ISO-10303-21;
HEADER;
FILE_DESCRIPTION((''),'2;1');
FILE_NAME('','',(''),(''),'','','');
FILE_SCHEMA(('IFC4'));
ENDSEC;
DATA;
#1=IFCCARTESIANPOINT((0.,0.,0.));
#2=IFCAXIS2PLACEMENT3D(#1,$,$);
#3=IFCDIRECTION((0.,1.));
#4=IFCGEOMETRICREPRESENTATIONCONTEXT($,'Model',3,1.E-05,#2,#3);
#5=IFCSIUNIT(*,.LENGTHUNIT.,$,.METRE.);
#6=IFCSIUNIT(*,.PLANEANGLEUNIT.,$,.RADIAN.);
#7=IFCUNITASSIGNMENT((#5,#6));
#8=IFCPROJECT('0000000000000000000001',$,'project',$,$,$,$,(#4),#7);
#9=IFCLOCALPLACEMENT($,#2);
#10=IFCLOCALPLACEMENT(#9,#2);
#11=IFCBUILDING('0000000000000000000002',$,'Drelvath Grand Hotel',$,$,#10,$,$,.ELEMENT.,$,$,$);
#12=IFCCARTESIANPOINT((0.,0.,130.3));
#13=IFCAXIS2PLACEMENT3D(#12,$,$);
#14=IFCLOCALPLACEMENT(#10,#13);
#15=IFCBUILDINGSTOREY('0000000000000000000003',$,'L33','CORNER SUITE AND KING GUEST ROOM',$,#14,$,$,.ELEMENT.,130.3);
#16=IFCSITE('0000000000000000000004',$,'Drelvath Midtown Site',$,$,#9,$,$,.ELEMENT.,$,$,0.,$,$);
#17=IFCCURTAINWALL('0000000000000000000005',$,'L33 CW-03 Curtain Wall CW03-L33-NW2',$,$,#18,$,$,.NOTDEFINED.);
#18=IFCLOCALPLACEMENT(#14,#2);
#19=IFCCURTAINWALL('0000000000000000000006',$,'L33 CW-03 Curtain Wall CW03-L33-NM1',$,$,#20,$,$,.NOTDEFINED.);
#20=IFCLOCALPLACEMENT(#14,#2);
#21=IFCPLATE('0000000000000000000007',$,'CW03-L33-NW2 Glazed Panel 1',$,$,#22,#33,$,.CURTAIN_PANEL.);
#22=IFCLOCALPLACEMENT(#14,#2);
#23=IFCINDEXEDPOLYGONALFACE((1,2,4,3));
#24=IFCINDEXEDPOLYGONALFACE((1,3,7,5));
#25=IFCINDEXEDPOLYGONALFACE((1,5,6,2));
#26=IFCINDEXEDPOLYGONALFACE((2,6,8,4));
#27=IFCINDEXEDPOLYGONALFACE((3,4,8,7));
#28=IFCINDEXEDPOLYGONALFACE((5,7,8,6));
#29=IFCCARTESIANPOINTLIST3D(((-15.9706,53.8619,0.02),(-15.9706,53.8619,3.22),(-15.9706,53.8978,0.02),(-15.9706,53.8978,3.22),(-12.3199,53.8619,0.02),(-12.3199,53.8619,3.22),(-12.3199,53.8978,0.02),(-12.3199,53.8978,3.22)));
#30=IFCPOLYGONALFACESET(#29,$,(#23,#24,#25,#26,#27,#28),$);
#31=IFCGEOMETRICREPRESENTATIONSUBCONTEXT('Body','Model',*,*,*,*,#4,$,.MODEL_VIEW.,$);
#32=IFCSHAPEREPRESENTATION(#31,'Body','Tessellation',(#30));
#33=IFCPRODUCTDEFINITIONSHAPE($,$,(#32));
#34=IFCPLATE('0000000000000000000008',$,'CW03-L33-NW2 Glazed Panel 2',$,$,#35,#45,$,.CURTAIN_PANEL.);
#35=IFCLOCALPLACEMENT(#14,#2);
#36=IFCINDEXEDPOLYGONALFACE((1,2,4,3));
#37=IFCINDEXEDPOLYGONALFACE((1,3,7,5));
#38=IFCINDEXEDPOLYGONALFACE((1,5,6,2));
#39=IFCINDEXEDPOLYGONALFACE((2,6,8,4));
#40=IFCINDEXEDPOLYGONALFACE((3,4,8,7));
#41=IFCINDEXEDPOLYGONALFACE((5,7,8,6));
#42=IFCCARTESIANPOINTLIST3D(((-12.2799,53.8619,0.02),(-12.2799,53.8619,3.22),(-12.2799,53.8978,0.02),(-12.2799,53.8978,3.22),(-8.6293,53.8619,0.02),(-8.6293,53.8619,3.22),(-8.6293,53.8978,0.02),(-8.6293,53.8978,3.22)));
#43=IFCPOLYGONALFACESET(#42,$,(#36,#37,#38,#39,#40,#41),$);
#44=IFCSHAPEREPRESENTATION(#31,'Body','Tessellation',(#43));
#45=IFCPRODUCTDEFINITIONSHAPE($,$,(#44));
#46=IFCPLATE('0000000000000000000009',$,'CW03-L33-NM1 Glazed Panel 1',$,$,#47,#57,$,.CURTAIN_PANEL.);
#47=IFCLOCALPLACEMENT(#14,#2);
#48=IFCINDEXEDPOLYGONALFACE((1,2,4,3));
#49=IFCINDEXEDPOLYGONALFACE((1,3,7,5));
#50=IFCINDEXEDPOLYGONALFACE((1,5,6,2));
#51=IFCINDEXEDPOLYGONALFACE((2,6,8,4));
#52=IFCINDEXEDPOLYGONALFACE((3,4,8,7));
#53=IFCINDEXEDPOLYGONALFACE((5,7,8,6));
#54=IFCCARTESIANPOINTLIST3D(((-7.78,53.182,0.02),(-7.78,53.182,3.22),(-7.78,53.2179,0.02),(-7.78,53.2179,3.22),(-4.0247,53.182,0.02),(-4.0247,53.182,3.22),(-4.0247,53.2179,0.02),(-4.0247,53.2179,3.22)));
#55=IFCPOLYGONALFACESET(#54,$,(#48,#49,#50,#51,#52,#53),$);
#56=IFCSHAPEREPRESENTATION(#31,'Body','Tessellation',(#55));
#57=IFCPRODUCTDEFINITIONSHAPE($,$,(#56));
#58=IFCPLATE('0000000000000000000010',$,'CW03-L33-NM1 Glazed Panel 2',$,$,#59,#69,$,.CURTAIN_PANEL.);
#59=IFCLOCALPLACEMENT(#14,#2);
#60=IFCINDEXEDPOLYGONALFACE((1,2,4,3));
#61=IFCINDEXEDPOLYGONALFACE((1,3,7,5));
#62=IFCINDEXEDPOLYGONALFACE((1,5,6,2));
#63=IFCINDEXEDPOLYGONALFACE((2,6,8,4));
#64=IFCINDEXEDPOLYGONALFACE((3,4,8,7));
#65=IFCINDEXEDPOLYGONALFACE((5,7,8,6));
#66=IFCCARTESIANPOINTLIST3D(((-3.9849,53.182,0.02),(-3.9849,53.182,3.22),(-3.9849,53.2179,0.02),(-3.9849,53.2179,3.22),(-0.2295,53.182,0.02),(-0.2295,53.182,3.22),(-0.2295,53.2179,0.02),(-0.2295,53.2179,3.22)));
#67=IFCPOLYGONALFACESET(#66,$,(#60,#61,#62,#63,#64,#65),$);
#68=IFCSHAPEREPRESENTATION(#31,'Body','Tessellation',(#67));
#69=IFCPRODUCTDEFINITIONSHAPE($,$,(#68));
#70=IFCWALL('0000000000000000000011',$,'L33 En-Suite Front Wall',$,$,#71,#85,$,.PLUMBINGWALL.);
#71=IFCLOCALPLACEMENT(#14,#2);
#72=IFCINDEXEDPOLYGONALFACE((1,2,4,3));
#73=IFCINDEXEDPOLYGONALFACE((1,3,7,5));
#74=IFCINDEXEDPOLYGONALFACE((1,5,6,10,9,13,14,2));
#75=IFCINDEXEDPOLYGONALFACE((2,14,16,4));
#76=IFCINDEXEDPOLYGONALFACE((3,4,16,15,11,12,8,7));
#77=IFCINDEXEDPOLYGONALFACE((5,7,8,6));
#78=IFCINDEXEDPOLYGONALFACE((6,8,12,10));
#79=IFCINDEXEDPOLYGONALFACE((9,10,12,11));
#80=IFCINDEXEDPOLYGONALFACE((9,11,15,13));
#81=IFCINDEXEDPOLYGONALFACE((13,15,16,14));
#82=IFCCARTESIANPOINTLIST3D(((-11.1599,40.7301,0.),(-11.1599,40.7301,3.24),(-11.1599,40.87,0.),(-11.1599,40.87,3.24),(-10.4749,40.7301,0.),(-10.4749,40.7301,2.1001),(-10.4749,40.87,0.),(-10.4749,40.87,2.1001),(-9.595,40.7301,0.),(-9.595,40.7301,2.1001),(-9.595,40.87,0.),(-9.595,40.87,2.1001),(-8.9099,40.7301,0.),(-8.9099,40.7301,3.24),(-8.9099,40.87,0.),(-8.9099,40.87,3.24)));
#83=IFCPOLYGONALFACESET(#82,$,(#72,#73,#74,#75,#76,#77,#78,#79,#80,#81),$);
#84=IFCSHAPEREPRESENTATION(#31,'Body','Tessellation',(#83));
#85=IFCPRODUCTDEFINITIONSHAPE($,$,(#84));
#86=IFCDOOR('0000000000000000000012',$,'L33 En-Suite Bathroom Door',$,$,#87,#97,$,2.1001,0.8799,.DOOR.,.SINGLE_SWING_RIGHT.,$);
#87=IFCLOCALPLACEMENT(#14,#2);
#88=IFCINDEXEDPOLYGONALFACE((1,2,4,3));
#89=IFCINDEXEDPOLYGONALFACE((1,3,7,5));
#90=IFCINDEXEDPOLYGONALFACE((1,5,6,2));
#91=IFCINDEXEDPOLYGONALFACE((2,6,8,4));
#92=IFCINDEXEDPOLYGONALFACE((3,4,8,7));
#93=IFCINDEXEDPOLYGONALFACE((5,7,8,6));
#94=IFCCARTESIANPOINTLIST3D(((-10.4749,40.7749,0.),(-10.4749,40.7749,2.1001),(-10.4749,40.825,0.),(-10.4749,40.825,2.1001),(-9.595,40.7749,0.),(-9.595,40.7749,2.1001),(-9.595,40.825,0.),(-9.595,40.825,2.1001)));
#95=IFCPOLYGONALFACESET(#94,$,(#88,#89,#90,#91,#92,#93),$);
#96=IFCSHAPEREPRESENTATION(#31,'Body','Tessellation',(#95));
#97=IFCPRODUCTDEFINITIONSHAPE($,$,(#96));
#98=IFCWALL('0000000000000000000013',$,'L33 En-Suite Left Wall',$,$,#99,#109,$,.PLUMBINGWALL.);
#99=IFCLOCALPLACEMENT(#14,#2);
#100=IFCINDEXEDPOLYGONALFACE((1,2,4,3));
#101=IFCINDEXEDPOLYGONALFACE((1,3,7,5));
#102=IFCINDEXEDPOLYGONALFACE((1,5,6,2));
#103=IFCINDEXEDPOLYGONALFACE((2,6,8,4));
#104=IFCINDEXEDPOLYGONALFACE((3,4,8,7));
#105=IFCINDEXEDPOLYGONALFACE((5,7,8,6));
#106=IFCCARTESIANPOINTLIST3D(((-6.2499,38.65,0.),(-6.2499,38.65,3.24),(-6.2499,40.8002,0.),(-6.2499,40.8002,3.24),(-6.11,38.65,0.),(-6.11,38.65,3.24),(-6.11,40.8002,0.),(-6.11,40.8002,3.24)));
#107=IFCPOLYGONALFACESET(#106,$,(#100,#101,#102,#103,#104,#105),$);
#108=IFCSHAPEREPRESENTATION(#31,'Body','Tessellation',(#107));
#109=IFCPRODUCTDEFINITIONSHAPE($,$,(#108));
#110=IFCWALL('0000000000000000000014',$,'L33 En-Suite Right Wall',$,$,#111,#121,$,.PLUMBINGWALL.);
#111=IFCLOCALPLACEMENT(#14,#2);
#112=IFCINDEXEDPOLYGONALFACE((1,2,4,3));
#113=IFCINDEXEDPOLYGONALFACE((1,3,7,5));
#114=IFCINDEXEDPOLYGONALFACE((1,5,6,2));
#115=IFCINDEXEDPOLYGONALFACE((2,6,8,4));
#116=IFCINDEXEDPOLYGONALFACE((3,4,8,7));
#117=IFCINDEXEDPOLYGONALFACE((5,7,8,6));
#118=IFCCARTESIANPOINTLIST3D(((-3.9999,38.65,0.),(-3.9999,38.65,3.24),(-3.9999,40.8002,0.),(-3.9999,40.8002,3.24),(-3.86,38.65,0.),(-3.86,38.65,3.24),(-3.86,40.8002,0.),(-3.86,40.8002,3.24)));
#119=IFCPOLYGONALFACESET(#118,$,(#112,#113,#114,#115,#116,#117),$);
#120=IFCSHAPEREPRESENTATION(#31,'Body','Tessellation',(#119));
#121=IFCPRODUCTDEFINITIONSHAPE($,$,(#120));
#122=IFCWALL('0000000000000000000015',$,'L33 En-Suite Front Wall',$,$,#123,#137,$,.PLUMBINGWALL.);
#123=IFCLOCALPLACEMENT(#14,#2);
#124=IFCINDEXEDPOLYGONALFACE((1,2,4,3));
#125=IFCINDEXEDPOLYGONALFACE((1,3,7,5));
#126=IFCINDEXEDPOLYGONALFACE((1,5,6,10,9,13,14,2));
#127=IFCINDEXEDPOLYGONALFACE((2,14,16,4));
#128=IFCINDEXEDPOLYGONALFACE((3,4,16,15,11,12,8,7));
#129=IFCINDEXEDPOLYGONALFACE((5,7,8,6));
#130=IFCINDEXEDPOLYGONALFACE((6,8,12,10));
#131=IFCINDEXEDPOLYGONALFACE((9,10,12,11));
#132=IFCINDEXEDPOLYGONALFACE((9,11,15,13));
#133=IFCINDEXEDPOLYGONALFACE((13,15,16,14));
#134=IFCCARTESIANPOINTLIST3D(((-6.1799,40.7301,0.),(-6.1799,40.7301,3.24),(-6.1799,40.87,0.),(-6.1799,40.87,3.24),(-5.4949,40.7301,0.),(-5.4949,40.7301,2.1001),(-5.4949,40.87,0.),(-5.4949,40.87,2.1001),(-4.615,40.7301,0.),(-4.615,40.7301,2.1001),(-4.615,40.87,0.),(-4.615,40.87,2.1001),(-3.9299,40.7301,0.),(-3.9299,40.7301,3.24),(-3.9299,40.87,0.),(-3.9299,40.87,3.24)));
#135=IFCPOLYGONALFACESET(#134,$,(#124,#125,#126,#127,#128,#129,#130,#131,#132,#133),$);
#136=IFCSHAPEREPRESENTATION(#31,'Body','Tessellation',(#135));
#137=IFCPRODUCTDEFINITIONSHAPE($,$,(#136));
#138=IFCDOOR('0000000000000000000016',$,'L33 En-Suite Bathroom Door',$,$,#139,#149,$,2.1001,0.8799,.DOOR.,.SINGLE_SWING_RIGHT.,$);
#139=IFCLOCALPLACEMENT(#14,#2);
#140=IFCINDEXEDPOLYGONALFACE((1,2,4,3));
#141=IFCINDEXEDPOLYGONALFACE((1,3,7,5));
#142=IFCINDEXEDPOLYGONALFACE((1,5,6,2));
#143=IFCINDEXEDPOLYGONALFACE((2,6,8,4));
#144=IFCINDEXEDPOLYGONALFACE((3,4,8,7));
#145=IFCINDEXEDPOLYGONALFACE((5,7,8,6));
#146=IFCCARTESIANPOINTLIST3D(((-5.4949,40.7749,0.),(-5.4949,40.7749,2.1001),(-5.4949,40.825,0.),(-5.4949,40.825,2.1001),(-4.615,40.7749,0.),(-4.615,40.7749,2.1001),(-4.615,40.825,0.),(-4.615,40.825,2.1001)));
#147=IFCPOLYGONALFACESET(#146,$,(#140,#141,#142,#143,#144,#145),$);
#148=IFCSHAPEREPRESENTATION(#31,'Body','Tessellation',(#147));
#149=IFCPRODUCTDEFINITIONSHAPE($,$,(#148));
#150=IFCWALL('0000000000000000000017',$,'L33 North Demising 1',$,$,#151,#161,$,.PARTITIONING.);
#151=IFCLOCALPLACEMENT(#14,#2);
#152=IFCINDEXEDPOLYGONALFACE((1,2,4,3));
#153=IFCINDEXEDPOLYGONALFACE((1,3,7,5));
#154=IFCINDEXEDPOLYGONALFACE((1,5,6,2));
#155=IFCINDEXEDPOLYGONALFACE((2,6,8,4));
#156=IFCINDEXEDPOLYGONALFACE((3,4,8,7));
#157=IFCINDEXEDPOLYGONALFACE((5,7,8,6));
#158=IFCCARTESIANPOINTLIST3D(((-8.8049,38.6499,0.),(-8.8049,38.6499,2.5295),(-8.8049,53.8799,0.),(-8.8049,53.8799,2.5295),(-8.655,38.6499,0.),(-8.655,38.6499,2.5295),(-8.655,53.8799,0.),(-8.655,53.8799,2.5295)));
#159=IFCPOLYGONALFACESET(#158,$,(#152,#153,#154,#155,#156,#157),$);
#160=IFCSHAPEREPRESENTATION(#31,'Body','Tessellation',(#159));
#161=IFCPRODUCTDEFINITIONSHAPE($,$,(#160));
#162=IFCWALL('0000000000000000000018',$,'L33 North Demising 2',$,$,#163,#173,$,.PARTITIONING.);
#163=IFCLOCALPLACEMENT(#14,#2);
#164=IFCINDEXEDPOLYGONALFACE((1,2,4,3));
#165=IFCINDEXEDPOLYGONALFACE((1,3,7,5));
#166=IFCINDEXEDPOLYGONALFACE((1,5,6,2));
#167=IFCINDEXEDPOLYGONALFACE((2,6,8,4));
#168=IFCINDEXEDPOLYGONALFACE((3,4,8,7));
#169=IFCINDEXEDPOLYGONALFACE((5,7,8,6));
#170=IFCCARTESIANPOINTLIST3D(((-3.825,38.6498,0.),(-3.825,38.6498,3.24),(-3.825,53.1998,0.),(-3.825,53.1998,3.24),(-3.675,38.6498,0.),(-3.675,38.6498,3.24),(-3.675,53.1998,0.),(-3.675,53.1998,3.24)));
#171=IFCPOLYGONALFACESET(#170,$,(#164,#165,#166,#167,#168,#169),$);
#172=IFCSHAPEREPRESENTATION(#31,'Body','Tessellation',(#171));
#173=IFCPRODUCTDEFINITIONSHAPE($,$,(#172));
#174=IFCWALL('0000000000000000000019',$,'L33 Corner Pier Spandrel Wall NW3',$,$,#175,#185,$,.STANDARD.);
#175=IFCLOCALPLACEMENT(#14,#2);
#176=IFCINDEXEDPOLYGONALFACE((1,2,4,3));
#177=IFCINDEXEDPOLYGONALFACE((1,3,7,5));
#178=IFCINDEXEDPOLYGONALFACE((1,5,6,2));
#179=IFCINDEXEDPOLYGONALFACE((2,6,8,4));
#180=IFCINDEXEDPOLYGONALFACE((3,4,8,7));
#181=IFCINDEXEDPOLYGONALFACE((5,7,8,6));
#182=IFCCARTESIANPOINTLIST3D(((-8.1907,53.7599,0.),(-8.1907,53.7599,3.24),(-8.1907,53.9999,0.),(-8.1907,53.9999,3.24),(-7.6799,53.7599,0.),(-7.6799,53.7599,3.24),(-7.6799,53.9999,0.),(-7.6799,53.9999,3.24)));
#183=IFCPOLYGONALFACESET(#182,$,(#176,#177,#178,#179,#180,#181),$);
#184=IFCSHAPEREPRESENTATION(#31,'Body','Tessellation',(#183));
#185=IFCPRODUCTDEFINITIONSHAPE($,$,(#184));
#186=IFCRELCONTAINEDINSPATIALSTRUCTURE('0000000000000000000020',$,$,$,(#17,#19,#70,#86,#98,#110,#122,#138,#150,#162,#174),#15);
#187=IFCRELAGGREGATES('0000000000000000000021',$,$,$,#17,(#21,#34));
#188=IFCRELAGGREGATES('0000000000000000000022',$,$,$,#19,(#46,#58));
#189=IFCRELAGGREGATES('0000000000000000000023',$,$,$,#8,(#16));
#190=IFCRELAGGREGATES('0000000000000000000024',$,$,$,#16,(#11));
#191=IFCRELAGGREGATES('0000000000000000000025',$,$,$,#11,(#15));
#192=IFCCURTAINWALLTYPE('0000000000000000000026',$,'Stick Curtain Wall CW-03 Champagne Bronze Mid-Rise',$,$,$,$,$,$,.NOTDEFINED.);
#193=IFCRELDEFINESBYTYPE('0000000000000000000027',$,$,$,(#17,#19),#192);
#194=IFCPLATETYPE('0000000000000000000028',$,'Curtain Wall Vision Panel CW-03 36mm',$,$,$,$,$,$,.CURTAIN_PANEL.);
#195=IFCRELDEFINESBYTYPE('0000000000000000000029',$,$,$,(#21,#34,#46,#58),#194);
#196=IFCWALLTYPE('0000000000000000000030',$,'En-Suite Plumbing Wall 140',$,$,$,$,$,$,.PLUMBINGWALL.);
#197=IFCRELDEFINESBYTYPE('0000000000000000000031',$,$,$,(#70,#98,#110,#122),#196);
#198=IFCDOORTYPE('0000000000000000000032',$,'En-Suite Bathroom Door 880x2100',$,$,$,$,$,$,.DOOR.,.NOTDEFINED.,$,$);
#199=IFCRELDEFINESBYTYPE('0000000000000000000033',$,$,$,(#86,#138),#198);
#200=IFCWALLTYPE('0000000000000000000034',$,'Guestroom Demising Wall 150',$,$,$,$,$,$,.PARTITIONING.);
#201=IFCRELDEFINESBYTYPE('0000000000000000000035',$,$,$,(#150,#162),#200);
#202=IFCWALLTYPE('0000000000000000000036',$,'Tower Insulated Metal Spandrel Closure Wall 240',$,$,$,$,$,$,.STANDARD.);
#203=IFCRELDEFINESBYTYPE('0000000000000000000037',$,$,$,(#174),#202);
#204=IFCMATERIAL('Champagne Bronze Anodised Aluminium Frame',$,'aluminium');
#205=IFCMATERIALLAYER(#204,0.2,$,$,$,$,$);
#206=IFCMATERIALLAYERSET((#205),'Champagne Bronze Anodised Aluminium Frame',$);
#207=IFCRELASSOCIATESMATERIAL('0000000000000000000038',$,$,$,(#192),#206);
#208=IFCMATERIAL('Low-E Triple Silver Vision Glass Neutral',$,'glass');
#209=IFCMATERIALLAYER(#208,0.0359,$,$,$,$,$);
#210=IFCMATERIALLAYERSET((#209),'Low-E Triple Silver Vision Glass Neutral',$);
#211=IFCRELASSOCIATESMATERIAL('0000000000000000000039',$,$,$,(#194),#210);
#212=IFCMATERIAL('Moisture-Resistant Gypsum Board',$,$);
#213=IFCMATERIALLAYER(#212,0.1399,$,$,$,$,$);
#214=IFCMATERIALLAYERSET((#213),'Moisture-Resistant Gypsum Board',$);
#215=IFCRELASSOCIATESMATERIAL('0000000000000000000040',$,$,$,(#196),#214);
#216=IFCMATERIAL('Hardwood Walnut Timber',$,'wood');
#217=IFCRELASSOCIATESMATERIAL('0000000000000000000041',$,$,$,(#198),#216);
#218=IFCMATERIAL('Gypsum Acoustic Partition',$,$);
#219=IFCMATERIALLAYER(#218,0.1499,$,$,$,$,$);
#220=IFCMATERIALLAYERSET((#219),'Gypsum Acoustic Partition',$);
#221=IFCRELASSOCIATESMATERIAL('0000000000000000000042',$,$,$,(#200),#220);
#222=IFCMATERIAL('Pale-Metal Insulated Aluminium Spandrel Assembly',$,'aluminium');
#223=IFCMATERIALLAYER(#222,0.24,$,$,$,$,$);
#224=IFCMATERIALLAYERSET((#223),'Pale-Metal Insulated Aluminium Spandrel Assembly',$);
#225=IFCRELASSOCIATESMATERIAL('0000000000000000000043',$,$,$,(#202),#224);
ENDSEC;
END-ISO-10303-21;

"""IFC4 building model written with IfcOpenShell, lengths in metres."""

from ifc_helpers import new_model, si_unit, direction, frame, frame_2d, origin, origin_2d, place, context, subcontext, project, spatial, rectangle, extrude, material, layer, layer_set, type_object, element, fill, aggregate, save


model = new_model("IFC4")

# Units and contexts
model_context = context("Model", 3, precision=1e-05, world=origin(), true_north=direction((0.0, 1.0)))
body_context = subcontext(model_context, "Body", "Model", "MODEL_VIEW")
ifc_project = project(units=[si_unit("LENGTHUNIT", "METRE"), si_unit("PLANEANGLEUNIT", "RADIAN")], contexts=[model_context])

# Site, building, storey
site_placement = place(None, origin())
site = spatial("IfcSite", under=ifc_project, at=site_placement, Name="Drelvath Midtown Site", CompositionType="ELEMENT", RefElevation=0.0)
building_placement = place(site_placement, origin())
building = spatial("IfcBuilding", under=site, at=building_placement, Name="Drelvath Grand Hotel", CompositionType="ELEMENT")
storey_placement = place(building_placement, frame((0.0, 0.0, 130.3)))
storey = spatial("IfcBuildingStorey", under=building, at=storey_placement, Name="L33", Description="CORNER SUITE AND KING GUEST ROOM", CompositionType="ELEMENT", Elevation=130.3)

# Curtain walls
ifc_material_1 = material(Name="Champagne Bronze Anodised Aluminium Frame", Category="aluminium")
ifc_layer_1 = layer(ifc_material_1, 0.2)
ifc_layer_set_1 = layer_set([ifc_layer_1], Name="Champagne Bronze Anodised Aluminium Frame")
curtain_wall_type = type_object("IfcCurtainWallType", Name="Stick Curtain Wall CW-03 Champagne Bronze Mid-Rise", PredefinedType="NOTDEFINED", material=ifc_layer_set_1)
curtain_wall_1_placement = place(storey_placement, origin())
curtain_wall_1 = element("IfcCurtainWall", 1, at=curtain_wall_1_placement, inside=storey, type_object=curtain_wall_type, Name="L33 CW-03 Curtain Wall CW03-L33-NW2", PredefinedType="NOTDEFINED")
curtain_wall_2_placement = place(storey_placement, origin())
curtain_wall_2 = element("IfcCurtainWall", 2, at=curtain_wall_2_placement, inside=storey, type_object=curtain_wall_type, Name="L33 CW-03 Curtain Wall CW03-L33-NM1", PredefinedType="NOTDEFINED")

# Plates
ifc_material_2 = material(Name="Low-E Triple Silver Vision Glass Neutral", Category="glass")
ifc_layer_2 = layer(ifc_material_2, 0.0359)
ifc_layer_set_2 = layer_set([ifc_layer_2], Name="Low-E Triple Silver Vision Glass Neutral")
plate_type = type_object("IfcPlateType", Name="Curtain Wall Vision Panel CW-03 36mm", PredefinedType="CURTAIN_PANEL", material=ifc_layer_set_2)
plate_1_placement = place(storey_placement, frame((-14.1453, 53.8799, 0.02), z_axis=(0.0, 0.0, 1.0), x_axis=(1.0, 0.0, 0.0)))
plate_1 = element("IfcPlate", 3, at=plate_1_placement, type_object=plate_type, Name="CW03-L33-NW2 Glazed Panel 1", PredefinedType="CURTAIN_PANEL", context=body_context, shape_type="SweptSolid", body=[
    extrude(rectangle(XDim=3.6506, YDim=0.0359, at=origin_2d()), origin(), (0.0, 0.0, 1.0), 3.2),
])
plate_2_placement = place(storey_placement, frame((-10.4546, 53.8799, 0.02), z_axis=(0.0, 0.0, 1.0), x_axis=(1.0, 0.0, 0.0)))
plate_2 = element("IfcPlate", 4, at=plate_2_placement, type_object=plate_type, Name="CW03-L33-NW2 Glazed Panel 2", PredefinedType="CURTAIN_PANEL", context=body_context, shape_type="SweptSolid", body=[
    extrude(rectangle(XDim=3.6506, YDim=0.0359, at=origin_2d()), origin(), (0.0, 0.0, 1.0), 3.2),
])
aggregate(curtain_wall_1, [plate_1, plate_2])
plate_3_placement = place(storey_placement, frame((-5.9023, 53.2, 0.02), z_axis=(0.0, 0.0, 1.0), x_axis=(1.0, 0.0, 0.0)))
plate_3 = element("IfcPlate", 5, at=plate_3_placement, type_object=plate_type, Name="CW03-L33-NM1 Glazed Panel 1", PredefinedType="CURTAIN_PANEL", context=body_context, shape_type="SweptSolid", body=[
    extrude(rectangle(XDim=3.7554, YDim=0.0359, at=origin_2d()), origin(), (0.0, 0.0, 1.0), 3.2),
])
plate_4_placement = place(storey_placement, frame((-2.1072, 53.2, 0.02), z_axis=(0.0, 0.0, 1.0), x_axis=(1.0, 0.0, 0.0)))
plate_4 = element("IfcPlate", 6, at=plate_4_placement, type_object=plate_type, Name="CW03-L33-NM1 Glazed Panel 2", PredefinedType="CURTAIN_PANEL", context=body_context, shape_type="SweptSolid", body=[
    extrude(rectangle(XDim=3.7554, YDim=0.0359, at=origin_2d()), origin(), (0.0, 0.0, 1.0), 3.2),
])
aggregate(curtain_wall_2, [plate_3, plate_4])

# Wall, opening, door
ifc_material_3 = material(Name="Moisture-Resistant Gypsum Board")
ifc_layer_3 = layer(ifc_material_3, 0.1399)
ifc_layer_set_3 = layer_set([ifc_layer_3], Name="Moisture-Resistant Gypsum Board")
wall_type_1 = type_object("IfcWallType", Name="En-Suite Plumbing Wall 140", PredefinedType="PLUMBINGWALL", material=ifc_layer_set_3)
wall_1_placement = place(storey_placement, frame((-11.1599, 40.8, 0.0), z_axis=(0.0, 0.0, 1.0), x_axis=(1.0, 0.0, 0.0)))
wall_1 = element("IfcWall", 7, at=wall_1_placement, inside=storey, type_object=wall_type_1, Name="L33 En-Suite Front Wall", PredefinedType="PLUMBINGWALL", context=body_context, shape_type="SweptSolid", body=[
    extrude(rectangle(XDim=2.25, YDim=0.1399, at=frame_2d((1.125, 0.0))), origin(), (0.0, 0.0, 1.0), 3.24),
])
opening_1_placement = place(wall_1_placement, frame((0.6851, 0.0, 0.0)))
opening_1 = element("IfcOpeningElement", 8, at=opening_1_placement, cuts=wall_1, PredefinedType="OPENING", context=body_context, shape_type="SweptSolid", body=[
    extrude(rectangle(XDim=0.8799, YDim=2.1001, at=frame_2d((0.4399, 1.05))), frame((0.0, 0.0798, 0.0), z_axis=(0.0, -1.0, 0.0), x_axis=(1.0, 0.0, 0.0)), (0.0, 0.0, 1.0), 0.1599),
])
ifc_material_4 = material(Name="Hardwood Walnut Timber", Category="wood")
door_type = type_object("IfcDoorType", Name="En-Suite Bathroom Door 880x2100", OperationType="NOTDEFINED", PredefinedType="DOOR", material=ifc_material_4)
door_1_placement = place(opening_1_placement, origin())
door_1 = element("IfcDoor", 9, at=door_1_placement, inside=storey, type_object=door_type, Name="L33 En-Suite Bathroom Door", OperationType="SINGLE_SWING_RIGHT", OverallHeight=2.1001, OverallWidth=0.8799, PredefinedType="DOOR", context=body_context, shape_type="SweptSolid", body=[
    extrude(rectangle(XDim=0.8799, YDim=2.1001, at=frame_2d((0.4399, 1.05))), frame((0.0, 0.0249, 0.0), z_axis=(0.0, -1.0, 0.0), x_axis=(1.0, 0.0, 0.0)), (0.0, 0.0, 1.0), 0.05),
])
fill(opening_1, door_1)

# Walls
for number, where, z_axis, x_axis, name in (
    (10, (-6.1799, 38.6499, 0.0), (0.0, 0.0, 1.0), (0.0, 1.0, 0.0), "L33 En-Suite Left Wall"),
    (11, (-3.9299, 38.6499, 0.0), (0.0, 0.0, 1.0), (0.0, 1.0, 0.0), "L33 En-Suite Right Wall"),
):
    element("IfcWall", number, at=place(storey_placement, frame(where, z_axis=z_axis, x_axis=x_axis)), inside=storey, type_object=wall_type_1, Name=name, PredefinedType="PLUMBINGWALL", context=body_context, shape_type="SweptSolid", body=[
        extrude(rectangle(XDim=2.1501, YDim=0.1399, at=frame_2d((1.0752, 0.0))), origin(), (0.0, 0.0, 1.0), 3.24),
    ])

# Wall, opening, door
wall_2_placement = place(storey_placement, frame((-6.1799, 40.8, 0.0), z_axis=(0.0, 0.0, 1.0), x_axis=(1.0, 0.0, 0.0)))
wall_2 = element("IfcWall", 12, at=wall_2_placement, inside=storey, type_object=wall_type_1, Name="L33 En-Suite Front Wall", PredefinedType="PLUMBINGWALL", context=body_context, shape_type="SweptSolid", body=[
    extrude(rectangle(XDim=2.25, YDim=0.1399, at=frame_2d((1.125, 0.0))), origin(), (0.0, 0.0, 1.0), 3.24),
])
opening_2_placement = place(wall_2_placement, frame((0.6851, 0.0, 0.0)))
opening_2 = element("IfcOpeningElement", 13, at=opening_2_placement, cuts=wall_2, PredefinedType="OPENING", context=body_context, shape_type="SweptSolid", body=[
    extrude(rectangle(XDim=0.8799, YDim=2.1001, at=frame_2d((0.4399, 1.05))), frame((0.0, 0.0798, 0.0), z_axis=(0.0, -1.0, 0.0), x_axis=(1.0, 0.0, 0.0)), (0.0, 0.0, 1.0), 0.1599),
])
door_2_placement = place(opening_2_placement, origin())
door_2 = element("IfcDoor", 14, at=door_2_placement, inside=storey, type_object=door_type, Name="L33 En-Suite Bathroom Door", OperationType="SINGLE_SWING_RIGHT", OverallHeight=2.1001, OverallWidth=0.8799, PredefinedType="DOOR", context=body_context, shape_type="SweptSolid", body=[
    extrude(rectangle(XDim=0.8799, YDim=2.1001, at=frame_2d((0.4399, 1.05))), frame((0.0, 0.0249, 0.0), z_axis=(0.0, -1.0, 0.0), x_axis=(1.0, 0.0, 0.0)), (0.0, 0.0, 1.0), 0.05),
])
fill(opening_2, door_2)

# Walls
ifc_material_5 = material(Name="Gypsum Acoustic Partition")
ifc_layer_4 = layer(ifc_material_5, 0.1499)
ifc_layer_set_4 = layer_set([ifc_layer_4], Name="Gypsum Acoustic Partition")
wall_type_2 = type_object("IfcWallType", Name="Guestroom Demising Wall 150", PredefinedType="PARTITIONING", material=ifc_layer_set_4)
wall_3_placement = place(storey_placement, frame((-8.73, 38.6499, 0.0), z_axis=(0.0, 0.0, 1.0), x_axis=(0.0, 1.0, 0.0)))
element("IfcWall", 15, at=wall_3_placement, inside=storey, type_object=wall_type_2, Name="L33 North Demising 1", PredefinedType="PARTITIONING", context=body_context, shape_type="SweptSolid", body=[
    extrude(rectangle(XDim=15.23, YDim=0.1499, at=frame_2d((7.615, 0.0))), origin(), (0.0, 0.0, 1.0), 2.5295),
])
wall_4_placement = place(storey_placement, frame((-3.75, 38.6499, 0.0), z_axis=(0.0, 0.0, 1.0), x_axis=(0.0, 1.0, 0.0)))
element("IfcWall", 16, at=wall_4_placement, inside=storey, type_object=wall_type_2, Name="L33 North Demising 2", PredefinedType="PARTITIONING", context=body_context, shape_type="SweptSolid", body=[
    extrude(rectangle(XDim=14.55, YDim=0.1499, at=frame_2d((7.2749, 0.0))), origin(), (0.0, 0.0, 1.0), 3.24),
])
ifc_material_6 = material(Name="Pale-Metal Insulated Aluminium Spandrel Assembly", Category="aluminium")
ifc_layer_5 = layer(ifc_material_6, 0.24)
ifc_layer_set_5 = layer_set([ifc_layer_5], Name="Pale-Metal Insulated Aluminium Spandrel Assembly")
wall_type_3 = type_object("IfcWallType", Name="Tower Insulated Metal Spandrel Closure Wall 240", PredefinedType="STANDARD", material=ifc_layer_set_5)
wall_5_placement = place(storey_placement, frame((-8.1907, 53.8799, 0.0), z_axis=(0.0, 0.0, 1.0), x_axis=(1.0, 0.0, 0.0)))
element("IfcWall", 17, at=wall_5_placement, inside=storey, type_object=wall_type_3, Name="L33 Corner Pier Spandrel Wall NW3", PredefinedType="STANDARD", context=body_context, shape_type="SweptSolid", body=[
    extrude(rectangle(XDim=0.5107, YDim=0.24, at=frame_2d((0.2554, 0.0))), origin(), (0.0, 0.0, 1.0), 3.24),
])

save(model, "model.ifc")
